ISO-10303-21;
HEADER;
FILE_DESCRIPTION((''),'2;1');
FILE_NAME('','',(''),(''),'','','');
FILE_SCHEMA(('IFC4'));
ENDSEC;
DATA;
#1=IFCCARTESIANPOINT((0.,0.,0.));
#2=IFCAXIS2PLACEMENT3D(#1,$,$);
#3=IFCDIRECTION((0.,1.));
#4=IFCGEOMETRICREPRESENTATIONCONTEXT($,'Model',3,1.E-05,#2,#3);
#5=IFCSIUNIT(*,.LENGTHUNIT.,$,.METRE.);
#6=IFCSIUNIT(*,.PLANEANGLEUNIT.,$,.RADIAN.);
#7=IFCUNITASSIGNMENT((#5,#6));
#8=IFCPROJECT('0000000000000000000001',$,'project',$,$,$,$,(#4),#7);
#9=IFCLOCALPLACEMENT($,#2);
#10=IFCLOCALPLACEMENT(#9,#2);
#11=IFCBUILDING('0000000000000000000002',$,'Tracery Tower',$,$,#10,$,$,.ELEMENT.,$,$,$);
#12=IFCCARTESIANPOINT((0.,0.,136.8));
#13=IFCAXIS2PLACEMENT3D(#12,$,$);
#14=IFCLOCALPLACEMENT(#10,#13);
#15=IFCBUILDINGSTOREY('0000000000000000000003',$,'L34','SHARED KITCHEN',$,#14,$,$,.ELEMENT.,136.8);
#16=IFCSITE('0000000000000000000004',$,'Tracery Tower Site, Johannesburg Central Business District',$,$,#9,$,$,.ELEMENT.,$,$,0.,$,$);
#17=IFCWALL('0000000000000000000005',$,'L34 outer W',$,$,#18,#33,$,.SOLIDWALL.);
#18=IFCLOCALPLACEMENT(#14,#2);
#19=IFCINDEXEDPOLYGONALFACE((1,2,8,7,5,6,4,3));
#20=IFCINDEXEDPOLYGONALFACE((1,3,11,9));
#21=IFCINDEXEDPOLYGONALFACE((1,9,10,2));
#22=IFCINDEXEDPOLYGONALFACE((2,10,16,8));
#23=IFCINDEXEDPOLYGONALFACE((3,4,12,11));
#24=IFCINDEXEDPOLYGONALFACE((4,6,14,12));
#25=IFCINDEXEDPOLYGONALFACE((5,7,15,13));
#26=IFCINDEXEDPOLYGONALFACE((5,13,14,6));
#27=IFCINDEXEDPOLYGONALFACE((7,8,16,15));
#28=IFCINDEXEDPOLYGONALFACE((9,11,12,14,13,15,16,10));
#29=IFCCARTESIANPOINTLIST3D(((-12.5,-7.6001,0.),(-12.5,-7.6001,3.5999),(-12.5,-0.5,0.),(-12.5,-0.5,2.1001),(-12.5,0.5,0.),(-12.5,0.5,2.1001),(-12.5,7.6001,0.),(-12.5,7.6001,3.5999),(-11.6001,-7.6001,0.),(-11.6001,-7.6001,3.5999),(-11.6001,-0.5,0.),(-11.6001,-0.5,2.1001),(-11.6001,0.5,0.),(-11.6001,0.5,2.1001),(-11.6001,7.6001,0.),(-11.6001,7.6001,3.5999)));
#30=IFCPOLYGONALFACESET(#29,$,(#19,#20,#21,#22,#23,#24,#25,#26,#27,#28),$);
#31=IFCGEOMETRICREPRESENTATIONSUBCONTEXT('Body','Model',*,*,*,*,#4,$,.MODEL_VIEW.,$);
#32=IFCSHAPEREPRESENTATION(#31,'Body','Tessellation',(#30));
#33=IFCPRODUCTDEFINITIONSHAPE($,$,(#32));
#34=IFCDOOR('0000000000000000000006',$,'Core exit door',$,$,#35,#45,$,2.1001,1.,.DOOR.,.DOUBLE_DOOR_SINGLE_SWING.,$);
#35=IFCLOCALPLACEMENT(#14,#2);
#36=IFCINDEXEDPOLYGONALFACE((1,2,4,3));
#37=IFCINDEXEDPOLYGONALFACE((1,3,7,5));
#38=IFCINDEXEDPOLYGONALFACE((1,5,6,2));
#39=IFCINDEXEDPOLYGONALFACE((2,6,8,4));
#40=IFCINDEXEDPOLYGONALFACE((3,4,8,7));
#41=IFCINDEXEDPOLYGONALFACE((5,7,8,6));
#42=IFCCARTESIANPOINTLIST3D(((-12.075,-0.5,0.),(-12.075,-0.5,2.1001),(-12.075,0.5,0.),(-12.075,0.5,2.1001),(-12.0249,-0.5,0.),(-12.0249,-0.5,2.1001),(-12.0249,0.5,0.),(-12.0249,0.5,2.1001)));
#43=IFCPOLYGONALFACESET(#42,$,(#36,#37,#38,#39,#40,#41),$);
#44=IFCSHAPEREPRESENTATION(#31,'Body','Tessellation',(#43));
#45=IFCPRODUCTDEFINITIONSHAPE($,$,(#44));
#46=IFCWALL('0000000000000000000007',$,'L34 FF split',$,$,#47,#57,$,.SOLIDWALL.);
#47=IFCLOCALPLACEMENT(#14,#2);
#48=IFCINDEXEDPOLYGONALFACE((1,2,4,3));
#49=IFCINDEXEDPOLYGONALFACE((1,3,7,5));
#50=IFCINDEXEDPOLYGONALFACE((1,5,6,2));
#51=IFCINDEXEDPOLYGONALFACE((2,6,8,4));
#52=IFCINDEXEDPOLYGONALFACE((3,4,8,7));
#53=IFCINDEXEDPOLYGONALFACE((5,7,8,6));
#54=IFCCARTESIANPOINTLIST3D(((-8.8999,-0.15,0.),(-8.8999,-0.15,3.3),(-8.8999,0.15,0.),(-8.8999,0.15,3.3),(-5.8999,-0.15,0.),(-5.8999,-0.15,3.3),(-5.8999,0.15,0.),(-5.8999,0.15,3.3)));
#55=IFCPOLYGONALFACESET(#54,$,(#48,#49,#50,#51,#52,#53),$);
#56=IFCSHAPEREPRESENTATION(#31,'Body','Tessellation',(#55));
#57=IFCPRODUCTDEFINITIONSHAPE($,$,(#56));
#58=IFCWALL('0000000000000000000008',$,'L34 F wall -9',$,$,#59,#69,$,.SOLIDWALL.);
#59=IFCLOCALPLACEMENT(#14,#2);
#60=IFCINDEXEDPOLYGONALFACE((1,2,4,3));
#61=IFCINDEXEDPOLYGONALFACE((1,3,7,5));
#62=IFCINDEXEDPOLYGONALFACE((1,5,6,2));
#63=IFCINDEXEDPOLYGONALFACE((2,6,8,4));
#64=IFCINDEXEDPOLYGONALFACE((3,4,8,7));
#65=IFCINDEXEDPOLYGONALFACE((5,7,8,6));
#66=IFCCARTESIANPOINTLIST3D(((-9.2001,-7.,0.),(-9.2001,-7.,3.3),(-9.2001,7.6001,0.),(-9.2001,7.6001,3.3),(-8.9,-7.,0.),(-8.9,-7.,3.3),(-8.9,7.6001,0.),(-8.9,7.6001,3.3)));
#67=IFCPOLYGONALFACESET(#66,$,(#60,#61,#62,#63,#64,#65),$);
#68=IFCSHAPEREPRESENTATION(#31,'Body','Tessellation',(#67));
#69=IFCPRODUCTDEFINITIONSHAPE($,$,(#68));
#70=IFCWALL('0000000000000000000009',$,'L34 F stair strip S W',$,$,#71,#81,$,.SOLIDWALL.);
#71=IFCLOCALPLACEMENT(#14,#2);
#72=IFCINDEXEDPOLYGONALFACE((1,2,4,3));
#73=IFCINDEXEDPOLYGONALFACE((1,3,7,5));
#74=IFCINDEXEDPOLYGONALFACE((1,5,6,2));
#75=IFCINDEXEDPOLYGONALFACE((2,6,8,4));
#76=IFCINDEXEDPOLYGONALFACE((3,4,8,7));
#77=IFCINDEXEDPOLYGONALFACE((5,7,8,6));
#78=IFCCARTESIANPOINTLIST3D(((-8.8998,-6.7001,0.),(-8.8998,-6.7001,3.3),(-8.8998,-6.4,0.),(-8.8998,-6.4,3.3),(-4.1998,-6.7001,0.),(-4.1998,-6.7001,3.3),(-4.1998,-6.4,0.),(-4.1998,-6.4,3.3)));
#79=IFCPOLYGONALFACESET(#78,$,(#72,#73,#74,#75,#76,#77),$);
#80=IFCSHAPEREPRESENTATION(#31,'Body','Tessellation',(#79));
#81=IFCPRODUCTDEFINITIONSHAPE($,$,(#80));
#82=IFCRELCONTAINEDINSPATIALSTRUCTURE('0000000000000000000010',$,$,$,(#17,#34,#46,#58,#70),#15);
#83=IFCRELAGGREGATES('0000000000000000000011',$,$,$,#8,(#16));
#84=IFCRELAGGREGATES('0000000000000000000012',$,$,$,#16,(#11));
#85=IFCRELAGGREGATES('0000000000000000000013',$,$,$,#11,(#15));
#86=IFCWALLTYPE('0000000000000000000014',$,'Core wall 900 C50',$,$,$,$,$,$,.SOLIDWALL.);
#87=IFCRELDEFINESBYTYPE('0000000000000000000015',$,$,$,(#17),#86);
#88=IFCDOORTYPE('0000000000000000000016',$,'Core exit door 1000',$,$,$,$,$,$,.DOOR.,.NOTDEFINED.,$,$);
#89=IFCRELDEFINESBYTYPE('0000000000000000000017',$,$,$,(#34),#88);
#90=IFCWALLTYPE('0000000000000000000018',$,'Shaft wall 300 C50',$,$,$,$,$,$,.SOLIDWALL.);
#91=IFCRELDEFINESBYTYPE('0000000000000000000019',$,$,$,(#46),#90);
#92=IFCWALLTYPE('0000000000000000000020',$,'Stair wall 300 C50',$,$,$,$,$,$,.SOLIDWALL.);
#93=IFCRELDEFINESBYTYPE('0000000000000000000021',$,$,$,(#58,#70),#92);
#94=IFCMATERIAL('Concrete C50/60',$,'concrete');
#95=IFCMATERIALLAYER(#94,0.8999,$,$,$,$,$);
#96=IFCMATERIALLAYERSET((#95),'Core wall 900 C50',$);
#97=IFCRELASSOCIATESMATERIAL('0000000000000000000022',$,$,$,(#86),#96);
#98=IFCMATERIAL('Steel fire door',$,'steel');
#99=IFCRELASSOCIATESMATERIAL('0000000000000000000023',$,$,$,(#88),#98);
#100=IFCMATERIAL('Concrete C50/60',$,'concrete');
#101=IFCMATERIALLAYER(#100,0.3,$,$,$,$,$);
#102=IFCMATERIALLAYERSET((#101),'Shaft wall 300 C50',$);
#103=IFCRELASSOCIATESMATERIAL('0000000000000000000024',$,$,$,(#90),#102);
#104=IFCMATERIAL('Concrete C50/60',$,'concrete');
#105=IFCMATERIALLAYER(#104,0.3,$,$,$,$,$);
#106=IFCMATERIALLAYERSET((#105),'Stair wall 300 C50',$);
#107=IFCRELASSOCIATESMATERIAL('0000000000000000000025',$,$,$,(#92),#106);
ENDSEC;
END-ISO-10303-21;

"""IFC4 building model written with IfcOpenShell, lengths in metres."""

from ifc_helpers import new_model, si_unit, direction, frame, frame_2d, origin, place, context, subcontext, project, spatial, rectangle, extrude, material, layer, layer_set, type_object, element, fill, save


model = new_model("IFC4")

# Units and contexts
model_context = context("Model", 3, precision=1e-05, world=origin(), true_north=direction((0.0, 1.0)))
body_context = subcontext(model_context, "Body", "Model", "MODEL_VIEW")
ifc_project = project(units=[si_unit("LENGTHUNIT", "METRE"), si_unit("PLANEANGLEUNIT", "RADIAN")], contexts=[model_context])

# Site, building, storey
site_placement = place(None, origin())
site = spatial("IfcSite", under=ifc_project, at=site_placement, Name="Tracery Tower Site, Johannesburg Central Business District", CompositionType="ELEMENT", RefElevation=0.0)
building_placement = place(site_placement, origin())
building = spatial("IfcBuilding", under=site, at=building_placement, Name="Tracery Tower", CompositionType="ELEMENT")
storey_placement = place(building_placement, frame((0.0, 0.0, 136.8)))
storey = spatial("IfcBuildingStorey", under=building, at=storey_placement, Name="L34", Description="SHARED KITCHEN", CompositionType="ELEMENT", Elevation=136.8)

# Shared definitions
ifc_material_1 = material(Name="Concrete C50/60", Category="concrete")
ifc_layer_1 = layer(ifc_material_1, 0.8999)
ifc_layer_set_1 = layer_set([ifc_layer_1], Name="Core wall 900 C50")
wall_type_1 = type_object("IfcWallType", Name="Core wall 900 C50", PredefinedType="SOLIDWALL", material=ifc_layer_set_1)
ifc_material_2 = material(Name="Steel fire door", Category="steel")
door_type_1 = type_object("IfcDoorType", Name="Core exit door 1000", OperationType="NOTDEFINED", PredefinedType="DOOR", material=ifc_material_2)

# Wall, opening, door
wall_1_placement = place(storey_placement, frame((-12.05, -7.6001, 0.0), z_axis=(0.0, 0.0, 1.0), x_axis=(0.0, 1.0, 0.0)))
wall_1 = element("IfcWall", 1, at=wall_1_placement, inside=storey, type_object=wall_type_1, Name="L34 outer W", PredefinedType="SOLIDWALL", context=body_context, shape_type="SweptSolid", body=[
    extrude(rectangle(XDim=15.2002, YDim=0.8999, at=frame_2d((7.6001, 0.0))), origin(), (0.0, 0.0, 1.0), 3.5999),
])
opening_1_placement = place(wall_1_placement, frame((7.1001, 0.0, 0.0)))
opening_1 = element("IfcOpeningElement", 2, at=opening_1_placement, cuts=wall_1, PredefinedType="OPENING", context=body_context, shape_type="SweptSolid", body=[
    extrude(rectangle(XDim=1.0, YDim=2.1001, at=frame_2d((0.5, 1.05))), frame((0.0, 0.45, 0.0), z_axis=(0.0, -1.0, 0.0), x_axis=(1.0, 0.0, 0.0)), (0.0, 0.0, 1.0), 0.8999),
])
door_1_placement = place(opening_1_placement, origin())
door_1 = element("IfcDoor", 3, at=door_1_placement, inside=storey, type_object=door_type_1, Name="Core exit door", OperationType="DOUBLE_DOOR_SINGLE_SWING", OverallHeight=2.1001, OverallWidth=1.0, PredefinedType="DOOR", context=body_context, shape_type="SweptSolid", body=[
    extrude(rectangle(XDim=1.0, YDim=2.1001, at=frame_2d((0.5, 1.05))), frame((0.0, 0.0249, 0.0), z_axis=(0.0, -1.0, 0.0), x_axis=(1.0, 0.0, 0.0)), (0.0, 0.0, 1.0), 0.05),
])
fill(opening_1, door_1)

# Wall
ifc_material_3 = material(Name="Concrete C50/60", Category="concrete")
ifc_layer_2 = layer(ifc_material_3, 0.3)
ifc_layer_set_2 = layer_set([ifc_layer_2], Name="Shaft wall 300 C50")
wall_type_2 = type_object("IfcWallType", Name="Shaft wall 300 C50", PredefinedType="SOLIDWALL", material=ifc_layer_set_2)
wall_2_placement = place(storey_placement, frame((-8.8999, 0.0, 0.0), z_axis=(0.0, 0.0, 1.0), x_axis=(1.0, 0.0, 0.0)))
element("IfcWall", 4, at=wall_2_placement, inside=storey, type_object=wall_type_2, Name="L34 FF split", PredefinedType="SOLIDWALL", context=body_context, shape_type="SweptSolid", body=[
    extrude(rectangle(XDim=3.0, YDim=0.3, at=frame_2d((1.5, 0.0))), origin(), (0.0, 0.0, 1.0), 3.3),
])

# Shared definitions
ifc_material_4 = material(Name="Concrete C50/60", Category="concrete")
ifc_layer_3 = layer(ifc_material_4, 0.3)
ifc_layer_set_3 = layer_set([ifc_layer_3], Name="Stair wall 300 C50")
wall_type_3 = type_object("IfcWallType", Name="Stair wall 300 C50", PredefinedType="SOLIDWALL", material=ifc_layer_set_3)

# Walls
wall_3_placement = place(storey_placement, frame((-9.05, -7.0, 0.0), z_axis=(0.0, 0.0, 1.0), x_axis=(0.0, 1.0, 0.0)))
element("IfcWall", 5, at=wall_3_placement, inside=storey, type_object=wall_type_3, Name="L34 F wall -9", PredefinedType="SOLIDWALL", context=body_context, shape_type="SweptSolid", body=[
    extrude(rectangle(XDim=14.6001, YDim=0.3, at=frame_2d((7.3, 0.0))), origin(), (0.0, 0.0, 1.0), 3.3),
])
wall_4_placement = place(storey_placement, frame((-8.8999, -6.55, 0.0), z_axis=(0.0, 0.0, 1.0), x_axis=(1.0, 0.0, 0.0)))
element("IfcWall", 6, at=wall_4_placement, inside=storey, type_object=wall_type_3, Name="L34 F stair strip S W", PredefinedType="SOLIDWALL", context=body_context, shape_type="SweptSolid", body=[
    extrude(rectangle(XDim=4.7, YDim=0.3, at=frame_2d((2.3501, 0.0))), origin(), (0.0, 0.0, 1.0), 3.3),
])

save(model, "model.ifc")
